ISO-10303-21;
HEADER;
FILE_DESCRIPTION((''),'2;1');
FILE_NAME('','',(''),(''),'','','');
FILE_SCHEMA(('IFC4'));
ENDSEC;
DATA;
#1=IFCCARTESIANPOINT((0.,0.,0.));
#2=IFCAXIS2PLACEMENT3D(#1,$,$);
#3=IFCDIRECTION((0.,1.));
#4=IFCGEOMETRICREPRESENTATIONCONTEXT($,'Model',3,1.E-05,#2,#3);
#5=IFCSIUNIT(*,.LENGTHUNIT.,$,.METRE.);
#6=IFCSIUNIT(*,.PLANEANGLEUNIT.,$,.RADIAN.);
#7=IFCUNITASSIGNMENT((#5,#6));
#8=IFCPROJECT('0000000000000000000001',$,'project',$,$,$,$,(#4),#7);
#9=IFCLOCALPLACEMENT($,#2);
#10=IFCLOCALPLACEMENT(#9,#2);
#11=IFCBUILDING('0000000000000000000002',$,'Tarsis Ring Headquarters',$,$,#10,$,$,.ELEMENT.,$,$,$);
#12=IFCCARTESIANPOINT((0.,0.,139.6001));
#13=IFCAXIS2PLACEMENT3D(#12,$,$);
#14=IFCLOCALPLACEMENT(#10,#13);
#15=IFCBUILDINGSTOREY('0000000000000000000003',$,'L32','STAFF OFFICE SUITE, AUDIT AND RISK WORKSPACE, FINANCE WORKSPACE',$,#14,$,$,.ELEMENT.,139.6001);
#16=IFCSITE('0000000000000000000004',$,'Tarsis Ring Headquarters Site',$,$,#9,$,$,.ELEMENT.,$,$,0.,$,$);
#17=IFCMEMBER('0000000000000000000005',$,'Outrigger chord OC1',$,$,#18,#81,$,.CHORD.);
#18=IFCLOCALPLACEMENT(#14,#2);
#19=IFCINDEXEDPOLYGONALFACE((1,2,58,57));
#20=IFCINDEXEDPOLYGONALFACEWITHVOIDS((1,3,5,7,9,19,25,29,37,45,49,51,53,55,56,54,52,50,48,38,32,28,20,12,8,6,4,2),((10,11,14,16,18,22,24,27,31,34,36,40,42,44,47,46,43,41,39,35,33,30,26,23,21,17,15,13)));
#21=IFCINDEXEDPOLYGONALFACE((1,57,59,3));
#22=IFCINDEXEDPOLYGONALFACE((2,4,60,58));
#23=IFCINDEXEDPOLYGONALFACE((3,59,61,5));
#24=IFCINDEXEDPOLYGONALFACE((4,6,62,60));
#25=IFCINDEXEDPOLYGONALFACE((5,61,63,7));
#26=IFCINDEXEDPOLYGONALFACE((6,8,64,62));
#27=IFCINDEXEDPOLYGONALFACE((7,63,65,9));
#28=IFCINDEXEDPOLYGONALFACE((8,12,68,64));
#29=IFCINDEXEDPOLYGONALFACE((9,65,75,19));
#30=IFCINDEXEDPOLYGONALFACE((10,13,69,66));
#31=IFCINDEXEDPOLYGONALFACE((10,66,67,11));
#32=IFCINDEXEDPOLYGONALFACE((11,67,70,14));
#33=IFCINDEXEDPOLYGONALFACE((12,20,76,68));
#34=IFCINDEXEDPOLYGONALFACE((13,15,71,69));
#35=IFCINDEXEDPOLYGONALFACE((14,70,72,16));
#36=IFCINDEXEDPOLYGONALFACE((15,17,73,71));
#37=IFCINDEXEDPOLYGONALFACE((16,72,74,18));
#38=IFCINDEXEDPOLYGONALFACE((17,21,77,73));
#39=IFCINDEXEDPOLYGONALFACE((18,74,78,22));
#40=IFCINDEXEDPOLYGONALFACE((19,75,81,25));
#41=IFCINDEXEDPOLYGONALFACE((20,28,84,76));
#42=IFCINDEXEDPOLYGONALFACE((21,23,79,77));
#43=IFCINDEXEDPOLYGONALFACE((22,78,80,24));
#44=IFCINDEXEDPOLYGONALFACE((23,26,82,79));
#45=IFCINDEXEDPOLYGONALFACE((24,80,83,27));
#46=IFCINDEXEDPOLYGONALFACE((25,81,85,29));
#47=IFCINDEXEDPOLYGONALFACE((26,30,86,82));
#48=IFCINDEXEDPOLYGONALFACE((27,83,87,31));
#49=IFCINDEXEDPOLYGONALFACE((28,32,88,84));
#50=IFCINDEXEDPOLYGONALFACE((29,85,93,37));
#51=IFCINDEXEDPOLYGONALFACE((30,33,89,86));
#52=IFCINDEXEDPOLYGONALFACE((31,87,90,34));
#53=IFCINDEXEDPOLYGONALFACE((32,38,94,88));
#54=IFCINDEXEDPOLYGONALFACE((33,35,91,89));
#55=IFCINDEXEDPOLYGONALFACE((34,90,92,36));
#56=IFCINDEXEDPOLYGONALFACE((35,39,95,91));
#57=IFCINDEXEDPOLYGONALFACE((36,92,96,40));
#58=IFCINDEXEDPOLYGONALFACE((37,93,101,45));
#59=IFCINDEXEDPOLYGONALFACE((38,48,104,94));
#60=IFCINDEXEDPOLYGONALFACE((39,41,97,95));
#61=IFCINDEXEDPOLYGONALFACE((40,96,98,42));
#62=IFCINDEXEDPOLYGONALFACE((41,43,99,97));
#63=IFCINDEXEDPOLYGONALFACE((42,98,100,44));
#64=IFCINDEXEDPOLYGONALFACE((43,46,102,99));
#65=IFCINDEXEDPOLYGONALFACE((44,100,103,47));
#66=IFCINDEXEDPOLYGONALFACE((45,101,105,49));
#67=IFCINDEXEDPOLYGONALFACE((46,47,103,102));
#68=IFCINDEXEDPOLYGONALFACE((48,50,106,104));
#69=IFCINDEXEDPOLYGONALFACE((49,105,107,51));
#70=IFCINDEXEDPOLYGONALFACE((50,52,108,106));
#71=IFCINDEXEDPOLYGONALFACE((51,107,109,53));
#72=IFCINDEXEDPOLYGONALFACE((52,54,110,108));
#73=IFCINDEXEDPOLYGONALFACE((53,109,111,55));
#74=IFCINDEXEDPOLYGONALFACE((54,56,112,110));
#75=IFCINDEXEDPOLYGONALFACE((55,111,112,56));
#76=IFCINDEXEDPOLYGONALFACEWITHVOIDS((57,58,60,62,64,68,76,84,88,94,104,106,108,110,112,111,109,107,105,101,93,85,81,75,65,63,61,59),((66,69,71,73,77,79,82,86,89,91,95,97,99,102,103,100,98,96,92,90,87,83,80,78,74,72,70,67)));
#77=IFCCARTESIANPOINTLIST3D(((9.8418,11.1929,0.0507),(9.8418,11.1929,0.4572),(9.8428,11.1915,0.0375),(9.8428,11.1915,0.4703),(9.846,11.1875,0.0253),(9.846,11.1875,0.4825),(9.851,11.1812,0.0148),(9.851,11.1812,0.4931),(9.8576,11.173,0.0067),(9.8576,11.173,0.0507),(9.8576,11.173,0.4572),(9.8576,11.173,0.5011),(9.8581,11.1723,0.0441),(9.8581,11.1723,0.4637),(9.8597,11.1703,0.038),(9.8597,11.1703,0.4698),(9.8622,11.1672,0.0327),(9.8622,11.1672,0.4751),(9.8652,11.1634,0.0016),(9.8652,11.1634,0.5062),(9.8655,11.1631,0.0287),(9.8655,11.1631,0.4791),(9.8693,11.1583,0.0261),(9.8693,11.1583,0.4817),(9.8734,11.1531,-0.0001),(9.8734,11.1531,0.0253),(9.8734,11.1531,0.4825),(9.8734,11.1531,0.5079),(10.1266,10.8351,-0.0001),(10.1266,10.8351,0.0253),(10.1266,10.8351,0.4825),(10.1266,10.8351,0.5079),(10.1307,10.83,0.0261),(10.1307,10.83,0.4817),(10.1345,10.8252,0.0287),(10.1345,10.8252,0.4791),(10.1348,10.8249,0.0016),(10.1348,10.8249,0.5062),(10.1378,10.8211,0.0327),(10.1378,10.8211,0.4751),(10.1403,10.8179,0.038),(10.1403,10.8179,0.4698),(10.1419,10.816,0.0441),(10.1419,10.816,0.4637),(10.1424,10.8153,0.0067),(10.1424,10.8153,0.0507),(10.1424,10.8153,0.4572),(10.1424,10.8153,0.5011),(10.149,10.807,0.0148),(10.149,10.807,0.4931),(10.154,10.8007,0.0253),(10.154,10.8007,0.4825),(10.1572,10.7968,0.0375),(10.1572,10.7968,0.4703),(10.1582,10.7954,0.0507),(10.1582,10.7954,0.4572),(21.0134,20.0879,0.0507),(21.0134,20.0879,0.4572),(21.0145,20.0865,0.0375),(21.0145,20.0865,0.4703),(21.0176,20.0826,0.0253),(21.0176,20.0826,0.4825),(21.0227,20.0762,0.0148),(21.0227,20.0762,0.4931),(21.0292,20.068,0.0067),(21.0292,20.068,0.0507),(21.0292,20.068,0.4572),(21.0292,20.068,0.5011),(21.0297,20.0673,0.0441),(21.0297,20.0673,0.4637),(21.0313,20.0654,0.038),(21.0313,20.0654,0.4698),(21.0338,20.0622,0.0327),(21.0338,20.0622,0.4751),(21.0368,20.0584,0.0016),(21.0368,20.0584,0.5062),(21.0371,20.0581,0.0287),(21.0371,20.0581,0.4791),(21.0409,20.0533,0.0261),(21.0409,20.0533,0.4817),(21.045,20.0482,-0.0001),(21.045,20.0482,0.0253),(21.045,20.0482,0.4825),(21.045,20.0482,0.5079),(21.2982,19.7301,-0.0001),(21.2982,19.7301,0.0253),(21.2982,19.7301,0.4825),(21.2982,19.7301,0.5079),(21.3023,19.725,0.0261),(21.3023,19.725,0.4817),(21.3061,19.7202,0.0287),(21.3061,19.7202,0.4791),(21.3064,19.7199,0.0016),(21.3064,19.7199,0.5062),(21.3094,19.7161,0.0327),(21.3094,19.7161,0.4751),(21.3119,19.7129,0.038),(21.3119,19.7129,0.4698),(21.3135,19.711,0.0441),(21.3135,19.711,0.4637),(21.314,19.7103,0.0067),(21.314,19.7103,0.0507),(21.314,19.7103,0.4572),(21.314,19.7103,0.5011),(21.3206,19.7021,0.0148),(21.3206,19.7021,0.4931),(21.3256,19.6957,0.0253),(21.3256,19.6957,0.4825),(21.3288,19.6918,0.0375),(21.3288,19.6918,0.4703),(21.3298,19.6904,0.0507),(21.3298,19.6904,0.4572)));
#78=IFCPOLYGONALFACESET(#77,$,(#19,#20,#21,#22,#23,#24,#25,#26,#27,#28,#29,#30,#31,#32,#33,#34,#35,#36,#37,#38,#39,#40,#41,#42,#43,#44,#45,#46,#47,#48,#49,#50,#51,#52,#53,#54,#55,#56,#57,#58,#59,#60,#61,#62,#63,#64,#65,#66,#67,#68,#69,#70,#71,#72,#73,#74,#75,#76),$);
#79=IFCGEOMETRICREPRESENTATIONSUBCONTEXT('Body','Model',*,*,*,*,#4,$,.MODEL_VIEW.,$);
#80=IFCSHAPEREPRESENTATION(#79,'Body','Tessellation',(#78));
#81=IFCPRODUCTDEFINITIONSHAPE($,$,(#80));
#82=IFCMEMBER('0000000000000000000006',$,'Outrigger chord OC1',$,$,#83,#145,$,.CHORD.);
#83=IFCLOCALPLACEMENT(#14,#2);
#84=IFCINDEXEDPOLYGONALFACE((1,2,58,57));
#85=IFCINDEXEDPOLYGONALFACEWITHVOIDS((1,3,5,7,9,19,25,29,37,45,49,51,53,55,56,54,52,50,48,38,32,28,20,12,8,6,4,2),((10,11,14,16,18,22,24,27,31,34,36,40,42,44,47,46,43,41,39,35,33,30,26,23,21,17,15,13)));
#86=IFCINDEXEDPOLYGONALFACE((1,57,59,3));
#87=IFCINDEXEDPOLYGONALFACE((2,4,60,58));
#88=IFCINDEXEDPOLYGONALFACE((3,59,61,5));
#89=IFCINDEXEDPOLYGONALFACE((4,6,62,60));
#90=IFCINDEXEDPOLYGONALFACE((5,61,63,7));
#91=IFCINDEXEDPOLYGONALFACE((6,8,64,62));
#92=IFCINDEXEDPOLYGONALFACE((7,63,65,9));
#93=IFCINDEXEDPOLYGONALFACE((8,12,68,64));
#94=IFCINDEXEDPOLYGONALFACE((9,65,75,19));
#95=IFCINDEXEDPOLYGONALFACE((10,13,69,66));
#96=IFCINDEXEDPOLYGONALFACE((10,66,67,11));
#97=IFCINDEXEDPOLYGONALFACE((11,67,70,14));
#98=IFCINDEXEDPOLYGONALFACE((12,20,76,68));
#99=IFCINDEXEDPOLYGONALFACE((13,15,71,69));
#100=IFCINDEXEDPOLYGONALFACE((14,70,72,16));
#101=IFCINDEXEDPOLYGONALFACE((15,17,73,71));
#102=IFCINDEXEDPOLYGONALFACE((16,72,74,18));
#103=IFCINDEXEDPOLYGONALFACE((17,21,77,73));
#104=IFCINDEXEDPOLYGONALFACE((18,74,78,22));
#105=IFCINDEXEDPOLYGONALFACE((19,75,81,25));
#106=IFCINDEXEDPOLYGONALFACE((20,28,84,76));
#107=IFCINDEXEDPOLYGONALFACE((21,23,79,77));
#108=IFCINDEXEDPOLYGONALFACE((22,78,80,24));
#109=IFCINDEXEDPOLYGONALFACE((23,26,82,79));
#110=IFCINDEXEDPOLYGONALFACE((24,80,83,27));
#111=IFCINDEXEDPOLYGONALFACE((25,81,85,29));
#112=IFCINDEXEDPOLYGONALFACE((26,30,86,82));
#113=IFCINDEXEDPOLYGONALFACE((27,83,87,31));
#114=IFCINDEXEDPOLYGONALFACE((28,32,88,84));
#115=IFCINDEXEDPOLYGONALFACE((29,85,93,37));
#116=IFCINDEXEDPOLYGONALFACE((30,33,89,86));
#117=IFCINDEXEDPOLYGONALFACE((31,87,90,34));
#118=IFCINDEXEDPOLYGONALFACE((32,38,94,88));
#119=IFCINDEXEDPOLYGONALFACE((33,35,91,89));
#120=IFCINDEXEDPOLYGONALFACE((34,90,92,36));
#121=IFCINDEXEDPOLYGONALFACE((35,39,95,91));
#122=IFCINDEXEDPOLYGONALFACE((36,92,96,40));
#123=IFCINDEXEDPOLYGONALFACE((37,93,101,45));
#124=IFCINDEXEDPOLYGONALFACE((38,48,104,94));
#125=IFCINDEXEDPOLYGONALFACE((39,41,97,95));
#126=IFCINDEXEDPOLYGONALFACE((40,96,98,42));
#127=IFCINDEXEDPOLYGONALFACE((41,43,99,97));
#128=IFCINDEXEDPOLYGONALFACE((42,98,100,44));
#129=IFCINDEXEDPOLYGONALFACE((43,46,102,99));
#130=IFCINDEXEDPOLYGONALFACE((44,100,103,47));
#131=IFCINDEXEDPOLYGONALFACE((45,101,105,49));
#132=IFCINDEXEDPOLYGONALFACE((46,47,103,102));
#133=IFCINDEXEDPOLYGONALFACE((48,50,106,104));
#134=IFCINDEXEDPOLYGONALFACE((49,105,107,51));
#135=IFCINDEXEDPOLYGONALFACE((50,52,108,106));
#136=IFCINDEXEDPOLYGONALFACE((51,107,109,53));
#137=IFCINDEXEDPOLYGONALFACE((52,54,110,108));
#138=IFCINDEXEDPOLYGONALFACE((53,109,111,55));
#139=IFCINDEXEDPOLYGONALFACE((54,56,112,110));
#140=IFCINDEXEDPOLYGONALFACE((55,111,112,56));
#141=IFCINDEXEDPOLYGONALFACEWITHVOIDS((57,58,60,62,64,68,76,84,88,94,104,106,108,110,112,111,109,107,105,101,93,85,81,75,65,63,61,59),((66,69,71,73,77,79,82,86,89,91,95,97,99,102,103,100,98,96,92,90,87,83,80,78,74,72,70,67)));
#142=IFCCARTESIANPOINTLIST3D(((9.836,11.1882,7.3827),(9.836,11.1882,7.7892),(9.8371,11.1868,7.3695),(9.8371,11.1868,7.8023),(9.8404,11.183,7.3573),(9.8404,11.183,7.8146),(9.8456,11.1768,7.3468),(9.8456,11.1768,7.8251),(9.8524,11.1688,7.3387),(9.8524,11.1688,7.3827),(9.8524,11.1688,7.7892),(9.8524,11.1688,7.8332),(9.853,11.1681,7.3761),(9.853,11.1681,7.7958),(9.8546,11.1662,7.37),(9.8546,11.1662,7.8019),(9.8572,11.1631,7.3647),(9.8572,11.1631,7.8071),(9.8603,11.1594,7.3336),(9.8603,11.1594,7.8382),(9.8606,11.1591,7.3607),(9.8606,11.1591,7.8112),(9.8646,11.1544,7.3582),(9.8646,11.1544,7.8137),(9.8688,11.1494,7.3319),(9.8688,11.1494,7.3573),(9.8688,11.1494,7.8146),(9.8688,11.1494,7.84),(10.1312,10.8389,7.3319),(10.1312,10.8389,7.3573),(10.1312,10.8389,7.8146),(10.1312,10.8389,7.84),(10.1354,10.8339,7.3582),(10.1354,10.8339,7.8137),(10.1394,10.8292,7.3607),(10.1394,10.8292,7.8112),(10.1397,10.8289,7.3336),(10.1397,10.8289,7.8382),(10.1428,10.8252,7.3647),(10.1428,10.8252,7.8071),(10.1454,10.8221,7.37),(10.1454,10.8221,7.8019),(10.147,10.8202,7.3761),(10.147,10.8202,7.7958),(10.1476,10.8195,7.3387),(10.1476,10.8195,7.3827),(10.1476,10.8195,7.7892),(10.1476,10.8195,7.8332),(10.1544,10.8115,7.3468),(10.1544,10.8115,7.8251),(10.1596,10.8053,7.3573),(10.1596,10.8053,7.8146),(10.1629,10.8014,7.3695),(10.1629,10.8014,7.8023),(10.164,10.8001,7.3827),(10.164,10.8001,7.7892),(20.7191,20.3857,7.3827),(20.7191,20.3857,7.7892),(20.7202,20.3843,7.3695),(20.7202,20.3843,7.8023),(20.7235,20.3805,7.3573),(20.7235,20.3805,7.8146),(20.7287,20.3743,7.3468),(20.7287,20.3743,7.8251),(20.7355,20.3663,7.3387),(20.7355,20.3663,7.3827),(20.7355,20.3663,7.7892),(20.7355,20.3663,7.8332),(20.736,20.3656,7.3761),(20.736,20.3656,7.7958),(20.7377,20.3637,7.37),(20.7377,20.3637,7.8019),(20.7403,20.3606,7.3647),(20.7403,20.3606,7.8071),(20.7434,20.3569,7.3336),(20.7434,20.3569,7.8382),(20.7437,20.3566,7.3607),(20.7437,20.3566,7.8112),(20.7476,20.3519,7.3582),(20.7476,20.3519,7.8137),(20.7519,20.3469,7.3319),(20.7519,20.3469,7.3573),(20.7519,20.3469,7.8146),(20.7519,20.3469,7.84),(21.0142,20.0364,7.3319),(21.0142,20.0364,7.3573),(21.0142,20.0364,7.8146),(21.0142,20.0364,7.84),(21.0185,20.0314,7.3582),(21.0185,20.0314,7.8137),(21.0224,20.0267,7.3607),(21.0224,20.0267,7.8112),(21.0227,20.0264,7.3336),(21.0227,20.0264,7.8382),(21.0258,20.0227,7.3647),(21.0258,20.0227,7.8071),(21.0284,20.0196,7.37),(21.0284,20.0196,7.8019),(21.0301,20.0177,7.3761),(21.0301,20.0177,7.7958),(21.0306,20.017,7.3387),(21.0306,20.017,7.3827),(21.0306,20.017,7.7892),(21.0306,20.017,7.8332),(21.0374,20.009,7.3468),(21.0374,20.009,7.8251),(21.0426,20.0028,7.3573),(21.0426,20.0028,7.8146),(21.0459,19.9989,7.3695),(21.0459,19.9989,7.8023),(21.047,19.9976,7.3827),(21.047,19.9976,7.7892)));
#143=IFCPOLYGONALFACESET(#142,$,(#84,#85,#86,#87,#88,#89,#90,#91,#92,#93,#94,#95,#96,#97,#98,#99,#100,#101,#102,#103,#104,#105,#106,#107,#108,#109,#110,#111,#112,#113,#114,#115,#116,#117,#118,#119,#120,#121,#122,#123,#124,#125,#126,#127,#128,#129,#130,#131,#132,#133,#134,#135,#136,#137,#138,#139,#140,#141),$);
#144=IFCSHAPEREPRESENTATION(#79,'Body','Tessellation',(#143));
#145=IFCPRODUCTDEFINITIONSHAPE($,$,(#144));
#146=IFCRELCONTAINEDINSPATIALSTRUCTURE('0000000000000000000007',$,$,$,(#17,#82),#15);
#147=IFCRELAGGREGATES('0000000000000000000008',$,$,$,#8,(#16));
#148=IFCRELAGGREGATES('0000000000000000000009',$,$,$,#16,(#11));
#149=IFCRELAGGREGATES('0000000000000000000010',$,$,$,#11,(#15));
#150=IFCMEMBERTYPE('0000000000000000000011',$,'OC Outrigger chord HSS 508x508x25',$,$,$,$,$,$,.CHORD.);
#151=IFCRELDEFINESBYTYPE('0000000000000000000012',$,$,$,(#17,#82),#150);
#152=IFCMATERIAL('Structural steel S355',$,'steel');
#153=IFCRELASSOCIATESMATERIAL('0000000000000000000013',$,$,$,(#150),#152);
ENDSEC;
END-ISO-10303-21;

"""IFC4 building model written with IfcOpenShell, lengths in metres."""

from ifc_helpers import new_model, si_unit, direction, frame, origin, origin_2d, place, context, subcontext, project, spatial, hollow_rectangle, extrude, material, material_profile, profile_set, type_object, element, save


model = new_model("IFC4")

# Units and contexts
model_context = context("Model", 3, precision=1e-05, world=origin(), true_north=direction((0.0, 1.0)))
body_context = subcontext(model_context, "Body", "Model", "MODEL_VIEW")
ifc_project = project(units=[si_unit("LENGTHUNIT", "METRE"), si_unit("PLANEANGLEUNIT", "RADIAN")], contexts=[model_context])

# Site, building, storey
site_placement = place(None, origin())
site = spatial("IfcSite", under=ifc_project, at=site_placement, Name="Tarsis Ring Headquarters Site", CompositionType="ELEMENT", RefElevation=0.0)
building_placement = place(site_placement, origin())
building = spatial("IfcBuilding", under=site, at=building_placement, Name="Tarsis Ring Headquarters", CompositionType="ELEMENT")
storey_placement = place(building_placement, frame((0.0, 0.0, 139.6001)))
storey = spatial("IfcBuildingStorey", under=building, at=storey_placement, Name="L32", Description="STAFF OFFICE SUITE, AUDIT AND RISK WORKSPACE, FINANCE WORKSPACE", CompositionType="ELEMENT", Elevation=139.6001)

# Shared definitions
ifc_material_1 = material(Name="Structural steel S355", Category="steel")

# Members
ifc_material_profile_1 = material_profile(ifc_material_1, hollow_rectangle(XDim=0.5081, YDim=0.5081, WallThickness=0.0254, InnerFilletRadius=0.0254, OuterFilletRadius=0.0508, at=origin_2d()), Name="HSS 508x508x25")
ifc_profile_set_1 = profile_set([ifc_material_profile_1], Name="Structural steel S355")
member_type_1 = type_object("IfcMemberType", Name="OC Outrigger chord HSS 508x508x25", PredefinedType="CHORD", material=ifc_profile_set_1)
member_1_placement = place(storey_placement, frame((10.0, 10.9941, 0.2539), z_axis=(0.782311, 0.622888, 0.0), x_axis=(-0.622888, 0.782311, 0.0)))
element("IfcMember", 1, at=member_1_placement, inside=storey, type_object=member_type_1, Name="Outrigger chord OC1", PredefinedType="CHORD", context=body_context, shape_type="SweptSolid", body=[
    extrude(hollow_rectangle(XDim=0.5081, YDim=0.5081, WallThickness=0.0254, InnerFilletRadius=0.0254, OuterFilletRadius=0.0508, at=origin_2d()), origin(), (0.0, 0.0, 1.0), 14.2803),
])
member_2_placement = place(storey_placement, frame((10.0, 10.9941, 7.5859), z_axis=(0.763775, 0.645483, 0.0), x_axis=(-0.645483, 0.763775, 0.0)))
element("IfcMember", 2, at=member_2_placement, inside=storey, type_object=member_type_1, Name="Outrigger chord OC1", PredefinedType="CHORD", context=body_context, shape_type="SweptSolid", body=[
    extrude(hollow_rectangle(XDim=0.5081, YDim=0.5081, WallThickness=0.0254, InnerFilletRadius=0.0254, OuterFilletRadius=0.0508, at=origin_2d()), origin(), (0.0, 0.0, 1.0), 14.249),
])

save(model, "model.ifc")
